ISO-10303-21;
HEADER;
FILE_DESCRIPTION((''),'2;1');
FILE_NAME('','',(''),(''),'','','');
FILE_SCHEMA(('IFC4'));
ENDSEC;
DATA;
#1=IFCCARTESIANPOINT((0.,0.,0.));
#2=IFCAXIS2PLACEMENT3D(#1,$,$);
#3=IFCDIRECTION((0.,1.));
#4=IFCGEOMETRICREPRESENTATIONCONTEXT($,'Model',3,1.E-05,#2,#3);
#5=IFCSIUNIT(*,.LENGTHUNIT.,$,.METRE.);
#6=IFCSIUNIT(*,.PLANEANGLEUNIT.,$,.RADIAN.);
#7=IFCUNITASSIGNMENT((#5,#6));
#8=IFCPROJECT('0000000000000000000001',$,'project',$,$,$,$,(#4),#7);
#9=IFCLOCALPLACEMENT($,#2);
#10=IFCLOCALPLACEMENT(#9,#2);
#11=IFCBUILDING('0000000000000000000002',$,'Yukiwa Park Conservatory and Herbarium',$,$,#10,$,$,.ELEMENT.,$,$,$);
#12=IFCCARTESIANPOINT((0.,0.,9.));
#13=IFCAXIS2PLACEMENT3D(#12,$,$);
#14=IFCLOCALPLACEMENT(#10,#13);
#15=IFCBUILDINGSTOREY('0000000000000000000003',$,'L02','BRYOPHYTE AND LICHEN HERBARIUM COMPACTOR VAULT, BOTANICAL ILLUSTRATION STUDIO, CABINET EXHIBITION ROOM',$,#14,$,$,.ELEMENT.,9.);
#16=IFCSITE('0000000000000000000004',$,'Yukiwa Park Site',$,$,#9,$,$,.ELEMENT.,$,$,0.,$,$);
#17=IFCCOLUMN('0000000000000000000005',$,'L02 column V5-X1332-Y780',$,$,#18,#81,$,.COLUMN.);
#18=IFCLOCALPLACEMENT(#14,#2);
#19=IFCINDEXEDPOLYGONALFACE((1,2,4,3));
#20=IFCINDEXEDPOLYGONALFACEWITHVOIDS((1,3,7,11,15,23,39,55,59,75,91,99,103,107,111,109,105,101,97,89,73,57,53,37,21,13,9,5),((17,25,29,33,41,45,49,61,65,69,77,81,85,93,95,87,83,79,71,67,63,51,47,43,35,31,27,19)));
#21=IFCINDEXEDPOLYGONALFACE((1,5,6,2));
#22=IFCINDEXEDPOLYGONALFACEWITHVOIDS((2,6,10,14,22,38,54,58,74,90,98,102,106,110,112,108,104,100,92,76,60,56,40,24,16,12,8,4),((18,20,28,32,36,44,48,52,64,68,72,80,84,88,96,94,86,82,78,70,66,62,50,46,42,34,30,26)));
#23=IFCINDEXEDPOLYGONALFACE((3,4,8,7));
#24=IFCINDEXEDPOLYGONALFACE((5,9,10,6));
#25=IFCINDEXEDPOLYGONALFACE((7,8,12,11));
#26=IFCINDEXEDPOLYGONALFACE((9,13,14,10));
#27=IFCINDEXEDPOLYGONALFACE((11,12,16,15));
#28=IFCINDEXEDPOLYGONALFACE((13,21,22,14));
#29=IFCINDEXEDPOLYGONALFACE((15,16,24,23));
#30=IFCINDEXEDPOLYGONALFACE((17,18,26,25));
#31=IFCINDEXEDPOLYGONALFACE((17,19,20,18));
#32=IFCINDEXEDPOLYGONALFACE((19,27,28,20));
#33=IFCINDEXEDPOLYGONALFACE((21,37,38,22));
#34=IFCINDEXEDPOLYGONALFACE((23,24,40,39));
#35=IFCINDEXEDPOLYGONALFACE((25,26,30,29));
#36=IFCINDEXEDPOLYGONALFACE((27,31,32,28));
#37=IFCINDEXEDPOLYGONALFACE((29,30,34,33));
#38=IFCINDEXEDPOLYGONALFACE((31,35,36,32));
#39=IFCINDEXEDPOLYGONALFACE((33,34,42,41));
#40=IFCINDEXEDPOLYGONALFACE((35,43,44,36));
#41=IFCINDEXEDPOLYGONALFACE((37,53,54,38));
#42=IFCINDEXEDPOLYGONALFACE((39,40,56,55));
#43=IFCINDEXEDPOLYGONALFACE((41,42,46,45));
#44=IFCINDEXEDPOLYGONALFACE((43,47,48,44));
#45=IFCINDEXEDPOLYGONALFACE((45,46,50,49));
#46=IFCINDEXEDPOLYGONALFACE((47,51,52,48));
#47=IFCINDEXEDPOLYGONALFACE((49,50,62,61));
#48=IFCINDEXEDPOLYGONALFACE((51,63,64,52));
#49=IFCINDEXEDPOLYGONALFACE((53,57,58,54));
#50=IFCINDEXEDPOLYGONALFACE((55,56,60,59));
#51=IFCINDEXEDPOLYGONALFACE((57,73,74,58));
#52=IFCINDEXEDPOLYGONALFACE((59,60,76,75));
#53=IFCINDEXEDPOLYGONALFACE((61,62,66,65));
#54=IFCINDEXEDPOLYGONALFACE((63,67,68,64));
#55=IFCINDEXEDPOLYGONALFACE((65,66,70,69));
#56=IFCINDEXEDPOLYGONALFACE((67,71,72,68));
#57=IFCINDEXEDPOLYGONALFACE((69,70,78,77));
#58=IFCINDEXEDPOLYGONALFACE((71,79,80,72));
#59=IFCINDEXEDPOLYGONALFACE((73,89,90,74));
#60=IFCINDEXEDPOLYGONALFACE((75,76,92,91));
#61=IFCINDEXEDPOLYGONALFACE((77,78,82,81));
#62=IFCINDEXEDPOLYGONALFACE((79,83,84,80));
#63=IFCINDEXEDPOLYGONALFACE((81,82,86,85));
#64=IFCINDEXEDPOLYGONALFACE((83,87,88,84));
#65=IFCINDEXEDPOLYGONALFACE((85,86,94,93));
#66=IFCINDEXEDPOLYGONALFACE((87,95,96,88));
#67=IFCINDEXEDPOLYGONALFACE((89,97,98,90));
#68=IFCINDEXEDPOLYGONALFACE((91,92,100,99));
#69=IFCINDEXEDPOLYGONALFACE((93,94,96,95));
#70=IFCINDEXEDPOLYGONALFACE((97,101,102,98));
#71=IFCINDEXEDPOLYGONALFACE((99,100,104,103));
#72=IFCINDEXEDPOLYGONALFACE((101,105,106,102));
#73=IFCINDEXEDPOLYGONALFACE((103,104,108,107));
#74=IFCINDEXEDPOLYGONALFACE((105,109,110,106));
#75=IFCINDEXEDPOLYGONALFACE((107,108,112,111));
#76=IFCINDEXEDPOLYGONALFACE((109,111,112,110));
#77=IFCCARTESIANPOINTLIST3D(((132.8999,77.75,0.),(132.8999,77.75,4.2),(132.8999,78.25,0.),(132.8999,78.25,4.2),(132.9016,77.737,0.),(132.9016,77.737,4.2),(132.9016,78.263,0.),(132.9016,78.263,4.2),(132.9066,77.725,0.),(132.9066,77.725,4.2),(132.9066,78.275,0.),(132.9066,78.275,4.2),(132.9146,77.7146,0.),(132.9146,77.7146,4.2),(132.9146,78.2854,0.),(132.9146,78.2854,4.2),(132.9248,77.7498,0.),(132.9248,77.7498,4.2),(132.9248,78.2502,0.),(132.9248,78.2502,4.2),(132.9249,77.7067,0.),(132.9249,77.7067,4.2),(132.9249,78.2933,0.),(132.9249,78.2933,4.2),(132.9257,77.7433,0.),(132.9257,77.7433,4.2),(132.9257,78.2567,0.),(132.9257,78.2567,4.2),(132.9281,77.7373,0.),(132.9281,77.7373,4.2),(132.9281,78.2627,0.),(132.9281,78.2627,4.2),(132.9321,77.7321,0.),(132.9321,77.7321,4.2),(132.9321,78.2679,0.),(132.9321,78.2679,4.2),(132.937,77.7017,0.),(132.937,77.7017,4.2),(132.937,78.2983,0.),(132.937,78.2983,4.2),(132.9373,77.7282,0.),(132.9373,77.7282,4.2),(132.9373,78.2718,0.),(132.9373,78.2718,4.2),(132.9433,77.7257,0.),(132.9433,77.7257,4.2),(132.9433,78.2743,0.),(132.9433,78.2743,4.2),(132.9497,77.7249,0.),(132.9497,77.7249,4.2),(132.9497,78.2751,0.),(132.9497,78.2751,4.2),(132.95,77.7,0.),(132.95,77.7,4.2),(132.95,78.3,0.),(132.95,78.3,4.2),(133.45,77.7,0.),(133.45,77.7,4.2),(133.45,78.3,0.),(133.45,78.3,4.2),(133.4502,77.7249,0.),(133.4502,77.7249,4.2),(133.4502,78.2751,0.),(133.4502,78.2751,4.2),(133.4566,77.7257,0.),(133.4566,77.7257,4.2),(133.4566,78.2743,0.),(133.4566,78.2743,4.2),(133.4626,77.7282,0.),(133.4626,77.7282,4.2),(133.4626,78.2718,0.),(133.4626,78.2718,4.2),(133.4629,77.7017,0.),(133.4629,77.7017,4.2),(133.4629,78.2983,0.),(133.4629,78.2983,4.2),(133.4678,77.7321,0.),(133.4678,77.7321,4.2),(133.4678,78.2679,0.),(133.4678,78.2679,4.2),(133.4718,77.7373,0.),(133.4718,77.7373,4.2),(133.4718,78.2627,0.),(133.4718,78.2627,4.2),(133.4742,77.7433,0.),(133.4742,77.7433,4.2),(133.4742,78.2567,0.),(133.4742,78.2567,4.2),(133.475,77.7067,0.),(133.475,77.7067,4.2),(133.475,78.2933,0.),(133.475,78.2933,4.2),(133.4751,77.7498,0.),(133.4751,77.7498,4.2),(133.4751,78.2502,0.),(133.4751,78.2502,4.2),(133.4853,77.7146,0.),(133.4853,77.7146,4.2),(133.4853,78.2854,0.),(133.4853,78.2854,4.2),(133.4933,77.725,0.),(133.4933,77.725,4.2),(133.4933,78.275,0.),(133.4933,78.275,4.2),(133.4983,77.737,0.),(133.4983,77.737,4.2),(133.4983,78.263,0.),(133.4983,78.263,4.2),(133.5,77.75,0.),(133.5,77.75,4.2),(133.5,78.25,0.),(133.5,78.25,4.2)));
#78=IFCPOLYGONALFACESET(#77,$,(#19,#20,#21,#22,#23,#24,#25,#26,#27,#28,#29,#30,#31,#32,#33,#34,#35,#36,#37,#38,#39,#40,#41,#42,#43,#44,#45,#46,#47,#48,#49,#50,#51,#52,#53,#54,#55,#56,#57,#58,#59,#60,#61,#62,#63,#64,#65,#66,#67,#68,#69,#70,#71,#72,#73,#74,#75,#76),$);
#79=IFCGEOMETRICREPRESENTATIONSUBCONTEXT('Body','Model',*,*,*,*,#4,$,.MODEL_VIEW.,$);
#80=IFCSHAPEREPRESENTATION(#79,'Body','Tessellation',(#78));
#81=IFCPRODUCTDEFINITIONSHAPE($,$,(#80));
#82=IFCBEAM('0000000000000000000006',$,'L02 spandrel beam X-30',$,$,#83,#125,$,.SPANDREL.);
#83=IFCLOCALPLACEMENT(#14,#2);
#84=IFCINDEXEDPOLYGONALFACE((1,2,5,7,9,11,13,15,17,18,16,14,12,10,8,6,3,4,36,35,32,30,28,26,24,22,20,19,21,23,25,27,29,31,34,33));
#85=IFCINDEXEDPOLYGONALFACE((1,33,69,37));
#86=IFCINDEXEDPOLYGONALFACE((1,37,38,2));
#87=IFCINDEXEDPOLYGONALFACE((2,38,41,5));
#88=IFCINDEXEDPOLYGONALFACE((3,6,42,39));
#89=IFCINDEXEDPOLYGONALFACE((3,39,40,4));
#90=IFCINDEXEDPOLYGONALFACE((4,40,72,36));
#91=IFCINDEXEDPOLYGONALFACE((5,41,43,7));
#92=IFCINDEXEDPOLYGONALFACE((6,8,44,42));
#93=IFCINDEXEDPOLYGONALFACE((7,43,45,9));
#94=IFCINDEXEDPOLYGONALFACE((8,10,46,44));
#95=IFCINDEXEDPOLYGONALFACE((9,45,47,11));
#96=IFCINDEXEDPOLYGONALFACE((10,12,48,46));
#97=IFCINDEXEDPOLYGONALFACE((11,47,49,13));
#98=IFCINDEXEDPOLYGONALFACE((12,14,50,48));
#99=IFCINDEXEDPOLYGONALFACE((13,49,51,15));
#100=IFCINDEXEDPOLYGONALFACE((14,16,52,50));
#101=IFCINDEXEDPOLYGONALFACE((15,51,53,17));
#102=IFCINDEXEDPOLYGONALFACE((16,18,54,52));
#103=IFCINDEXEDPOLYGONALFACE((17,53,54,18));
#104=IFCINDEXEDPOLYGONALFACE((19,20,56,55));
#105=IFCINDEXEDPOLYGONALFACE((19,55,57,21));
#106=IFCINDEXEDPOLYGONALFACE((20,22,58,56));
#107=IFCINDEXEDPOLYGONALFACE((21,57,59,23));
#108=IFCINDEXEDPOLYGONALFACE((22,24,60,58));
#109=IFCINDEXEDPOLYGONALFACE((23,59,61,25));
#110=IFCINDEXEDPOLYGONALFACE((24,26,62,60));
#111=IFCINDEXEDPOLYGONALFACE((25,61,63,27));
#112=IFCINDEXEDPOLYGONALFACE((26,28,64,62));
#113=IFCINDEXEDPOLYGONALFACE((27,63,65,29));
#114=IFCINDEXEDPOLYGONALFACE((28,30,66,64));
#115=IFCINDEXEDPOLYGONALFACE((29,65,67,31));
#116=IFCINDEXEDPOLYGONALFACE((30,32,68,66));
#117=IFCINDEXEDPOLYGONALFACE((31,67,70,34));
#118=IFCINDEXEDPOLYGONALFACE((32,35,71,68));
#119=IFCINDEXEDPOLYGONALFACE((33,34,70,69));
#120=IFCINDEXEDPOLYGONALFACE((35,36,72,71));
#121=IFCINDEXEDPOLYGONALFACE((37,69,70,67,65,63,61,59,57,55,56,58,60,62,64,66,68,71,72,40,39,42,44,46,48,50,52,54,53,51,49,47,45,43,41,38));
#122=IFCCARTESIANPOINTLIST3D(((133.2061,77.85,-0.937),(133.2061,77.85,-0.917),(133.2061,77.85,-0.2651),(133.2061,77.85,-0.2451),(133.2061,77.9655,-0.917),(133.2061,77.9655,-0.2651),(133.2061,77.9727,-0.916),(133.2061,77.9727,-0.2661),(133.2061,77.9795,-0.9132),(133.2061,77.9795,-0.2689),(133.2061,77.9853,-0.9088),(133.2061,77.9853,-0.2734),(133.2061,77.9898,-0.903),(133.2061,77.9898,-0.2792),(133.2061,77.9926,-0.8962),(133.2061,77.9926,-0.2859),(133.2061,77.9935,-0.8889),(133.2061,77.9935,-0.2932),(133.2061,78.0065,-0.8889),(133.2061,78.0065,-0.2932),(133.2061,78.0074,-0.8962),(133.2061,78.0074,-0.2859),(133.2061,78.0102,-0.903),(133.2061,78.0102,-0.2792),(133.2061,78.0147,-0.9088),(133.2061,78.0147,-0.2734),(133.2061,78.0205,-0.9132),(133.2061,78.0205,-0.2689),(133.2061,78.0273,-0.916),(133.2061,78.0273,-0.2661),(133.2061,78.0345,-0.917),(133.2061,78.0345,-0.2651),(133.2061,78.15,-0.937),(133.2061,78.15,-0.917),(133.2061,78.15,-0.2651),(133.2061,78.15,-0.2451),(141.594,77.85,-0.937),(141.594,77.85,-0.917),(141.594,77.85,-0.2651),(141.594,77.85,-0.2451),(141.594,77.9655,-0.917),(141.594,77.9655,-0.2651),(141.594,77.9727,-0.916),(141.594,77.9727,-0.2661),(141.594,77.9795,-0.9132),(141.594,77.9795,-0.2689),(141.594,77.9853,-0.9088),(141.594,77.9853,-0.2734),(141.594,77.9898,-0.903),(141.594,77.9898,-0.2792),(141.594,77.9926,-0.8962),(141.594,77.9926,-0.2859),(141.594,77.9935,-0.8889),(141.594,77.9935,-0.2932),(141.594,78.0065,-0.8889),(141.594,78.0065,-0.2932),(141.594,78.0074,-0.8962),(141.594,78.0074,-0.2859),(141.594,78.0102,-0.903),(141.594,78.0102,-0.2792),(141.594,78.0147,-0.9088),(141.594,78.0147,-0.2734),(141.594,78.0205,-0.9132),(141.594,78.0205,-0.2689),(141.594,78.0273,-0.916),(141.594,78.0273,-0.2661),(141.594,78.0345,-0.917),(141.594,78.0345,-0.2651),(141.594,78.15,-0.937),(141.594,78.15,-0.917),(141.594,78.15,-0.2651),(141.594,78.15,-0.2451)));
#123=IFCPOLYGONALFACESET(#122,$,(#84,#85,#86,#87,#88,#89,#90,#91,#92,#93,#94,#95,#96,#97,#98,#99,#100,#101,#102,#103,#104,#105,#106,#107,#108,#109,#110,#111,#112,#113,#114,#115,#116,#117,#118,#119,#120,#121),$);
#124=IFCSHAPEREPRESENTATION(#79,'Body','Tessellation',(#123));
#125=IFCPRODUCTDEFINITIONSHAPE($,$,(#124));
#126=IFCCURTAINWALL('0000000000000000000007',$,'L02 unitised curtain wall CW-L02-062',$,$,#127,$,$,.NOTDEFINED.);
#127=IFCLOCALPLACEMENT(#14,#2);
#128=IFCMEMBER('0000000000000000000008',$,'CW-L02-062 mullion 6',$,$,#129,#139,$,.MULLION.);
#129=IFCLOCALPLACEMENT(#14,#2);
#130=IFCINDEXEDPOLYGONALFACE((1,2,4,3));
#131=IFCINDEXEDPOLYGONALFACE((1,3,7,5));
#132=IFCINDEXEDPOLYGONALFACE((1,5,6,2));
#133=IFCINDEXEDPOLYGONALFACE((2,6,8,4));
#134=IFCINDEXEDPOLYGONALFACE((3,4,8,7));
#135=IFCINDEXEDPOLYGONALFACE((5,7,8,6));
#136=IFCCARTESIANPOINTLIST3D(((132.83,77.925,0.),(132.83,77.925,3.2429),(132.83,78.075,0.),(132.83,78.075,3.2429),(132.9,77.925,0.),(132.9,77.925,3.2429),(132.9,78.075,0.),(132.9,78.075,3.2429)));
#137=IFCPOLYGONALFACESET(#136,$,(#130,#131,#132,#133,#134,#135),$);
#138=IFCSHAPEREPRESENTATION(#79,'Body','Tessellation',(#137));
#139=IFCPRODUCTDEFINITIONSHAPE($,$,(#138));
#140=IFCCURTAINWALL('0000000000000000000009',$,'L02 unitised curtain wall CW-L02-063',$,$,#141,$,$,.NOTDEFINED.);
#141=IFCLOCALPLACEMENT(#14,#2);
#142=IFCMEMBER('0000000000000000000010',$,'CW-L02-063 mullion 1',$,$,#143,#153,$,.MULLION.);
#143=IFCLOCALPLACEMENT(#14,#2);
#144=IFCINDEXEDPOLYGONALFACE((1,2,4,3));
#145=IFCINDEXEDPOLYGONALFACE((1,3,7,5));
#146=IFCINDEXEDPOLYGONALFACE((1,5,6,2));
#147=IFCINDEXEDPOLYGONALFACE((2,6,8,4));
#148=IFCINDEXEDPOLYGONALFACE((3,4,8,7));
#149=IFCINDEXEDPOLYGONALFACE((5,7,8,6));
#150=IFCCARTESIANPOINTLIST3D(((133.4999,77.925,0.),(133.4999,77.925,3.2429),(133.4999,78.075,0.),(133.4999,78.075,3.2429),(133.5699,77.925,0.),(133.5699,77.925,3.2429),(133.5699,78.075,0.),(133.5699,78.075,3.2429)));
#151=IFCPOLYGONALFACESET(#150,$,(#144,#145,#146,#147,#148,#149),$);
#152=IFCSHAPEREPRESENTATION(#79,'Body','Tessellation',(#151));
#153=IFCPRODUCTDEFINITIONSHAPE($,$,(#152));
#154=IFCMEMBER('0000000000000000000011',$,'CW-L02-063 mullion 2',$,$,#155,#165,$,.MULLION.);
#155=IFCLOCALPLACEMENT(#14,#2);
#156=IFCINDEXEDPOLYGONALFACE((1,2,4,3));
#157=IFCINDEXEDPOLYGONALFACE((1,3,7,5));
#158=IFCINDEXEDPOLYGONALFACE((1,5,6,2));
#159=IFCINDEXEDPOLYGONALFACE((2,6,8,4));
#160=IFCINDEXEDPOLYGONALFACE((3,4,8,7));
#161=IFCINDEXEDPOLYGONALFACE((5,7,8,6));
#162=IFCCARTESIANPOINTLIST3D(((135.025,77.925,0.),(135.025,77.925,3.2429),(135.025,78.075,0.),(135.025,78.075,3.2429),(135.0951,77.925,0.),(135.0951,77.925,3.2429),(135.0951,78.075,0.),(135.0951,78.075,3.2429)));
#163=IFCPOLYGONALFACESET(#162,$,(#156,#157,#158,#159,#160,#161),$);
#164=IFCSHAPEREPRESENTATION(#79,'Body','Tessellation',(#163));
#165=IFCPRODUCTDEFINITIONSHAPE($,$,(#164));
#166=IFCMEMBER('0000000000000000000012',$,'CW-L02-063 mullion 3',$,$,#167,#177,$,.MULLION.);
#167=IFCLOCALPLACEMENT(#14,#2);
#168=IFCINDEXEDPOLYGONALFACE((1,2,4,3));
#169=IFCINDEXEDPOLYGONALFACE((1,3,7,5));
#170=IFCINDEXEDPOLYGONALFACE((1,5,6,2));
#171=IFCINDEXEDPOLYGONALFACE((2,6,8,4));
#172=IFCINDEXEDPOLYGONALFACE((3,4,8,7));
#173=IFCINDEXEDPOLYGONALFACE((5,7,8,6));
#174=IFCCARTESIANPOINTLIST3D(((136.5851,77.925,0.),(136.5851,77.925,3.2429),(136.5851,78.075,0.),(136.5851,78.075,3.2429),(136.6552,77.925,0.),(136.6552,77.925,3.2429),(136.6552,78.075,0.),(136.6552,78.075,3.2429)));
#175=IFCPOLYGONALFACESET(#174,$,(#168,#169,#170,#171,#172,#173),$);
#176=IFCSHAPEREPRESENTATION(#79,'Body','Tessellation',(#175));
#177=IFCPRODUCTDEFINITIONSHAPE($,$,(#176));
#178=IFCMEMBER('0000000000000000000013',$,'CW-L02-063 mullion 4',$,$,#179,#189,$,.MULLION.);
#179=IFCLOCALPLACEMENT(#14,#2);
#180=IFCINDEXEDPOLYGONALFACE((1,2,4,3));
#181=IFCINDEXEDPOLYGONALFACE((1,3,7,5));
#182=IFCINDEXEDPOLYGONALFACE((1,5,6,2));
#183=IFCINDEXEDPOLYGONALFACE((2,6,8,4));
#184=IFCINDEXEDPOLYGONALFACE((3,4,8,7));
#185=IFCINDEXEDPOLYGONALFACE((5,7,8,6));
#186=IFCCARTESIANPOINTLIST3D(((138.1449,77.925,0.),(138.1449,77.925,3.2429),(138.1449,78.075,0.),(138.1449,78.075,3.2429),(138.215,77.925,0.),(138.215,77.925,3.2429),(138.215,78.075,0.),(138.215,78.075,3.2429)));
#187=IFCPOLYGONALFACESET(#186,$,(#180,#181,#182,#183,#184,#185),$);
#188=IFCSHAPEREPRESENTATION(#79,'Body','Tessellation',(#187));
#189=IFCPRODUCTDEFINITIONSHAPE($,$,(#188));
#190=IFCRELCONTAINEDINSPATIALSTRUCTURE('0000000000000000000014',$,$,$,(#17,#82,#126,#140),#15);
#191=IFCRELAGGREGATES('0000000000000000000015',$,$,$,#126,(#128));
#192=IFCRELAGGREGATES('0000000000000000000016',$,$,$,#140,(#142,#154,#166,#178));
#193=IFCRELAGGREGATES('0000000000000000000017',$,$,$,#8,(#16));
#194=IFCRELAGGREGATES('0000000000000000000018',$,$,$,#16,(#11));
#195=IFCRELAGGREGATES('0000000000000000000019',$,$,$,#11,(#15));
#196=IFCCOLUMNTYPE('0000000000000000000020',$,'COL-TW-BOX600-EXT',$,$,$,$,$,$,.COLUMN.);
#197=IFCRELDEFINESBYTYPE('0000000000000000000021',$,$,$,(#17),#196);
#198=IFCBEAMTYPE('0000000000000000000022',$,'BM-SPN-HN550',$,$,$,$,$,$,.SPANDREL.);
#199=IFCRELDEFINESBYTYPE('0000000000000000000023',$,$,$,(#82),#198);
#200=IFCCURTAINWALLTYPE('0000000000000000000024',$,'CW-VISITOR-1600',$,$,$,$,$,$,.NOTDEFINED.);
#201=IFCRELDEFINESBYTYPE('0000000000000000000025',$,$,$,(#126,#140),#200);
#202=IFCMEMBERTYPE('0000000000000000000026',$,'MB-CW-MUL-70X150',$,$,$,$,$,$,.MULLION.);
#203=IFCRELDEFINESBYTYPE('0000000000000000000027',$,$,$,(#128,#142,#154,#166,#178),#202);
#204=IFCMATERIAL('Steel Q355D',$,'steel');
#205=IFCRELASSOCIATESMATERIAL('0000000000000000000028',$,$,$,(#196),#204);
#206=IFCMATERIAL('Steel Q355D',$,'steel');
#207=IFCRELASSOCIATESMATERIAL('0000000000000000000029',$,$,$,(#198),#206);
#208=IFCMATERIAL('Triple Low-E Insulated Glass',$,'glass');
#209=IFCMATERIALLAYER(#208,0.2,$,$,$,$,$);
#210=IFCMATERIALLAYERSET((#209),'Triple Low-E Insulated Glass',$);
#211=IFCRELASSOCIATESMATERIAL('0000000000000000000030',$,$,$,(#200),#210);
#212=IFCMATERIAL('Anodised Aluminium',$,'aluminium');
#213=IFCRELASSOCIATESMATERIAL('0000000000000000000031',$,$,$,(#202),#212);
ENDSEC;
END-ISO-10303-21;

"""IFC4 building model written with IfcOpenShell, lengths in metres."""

from ifc_helpers import new_model, si_unit, direction, frame, origin, origin_2d, place, context, subcontext, project, spatial, rectangle, hollow_rectangle, i_section, extrude, material, layer, layer_set, material_profile, profile_set, type_object, element, aggregate, save


model = new_model("IFC4")

# Units and contexts
model_context = context("Model", 3, precision=1e-05, world=origin(), true_north=direction((0.0, 1.0)))
body_context = subcontext(model_context, "Body", "Model", "MODEL_VIEW")
ifc_project = project(units=[si_unit("LENGTHUNIT", "METRE"), si_unit("PLANEANGLEUNIT", "RADIAN")], contexts=[model_context])

# Site, building, storey
site_placement = place(None, origin())
site = spatial("IfcSite", under=ifc_project, at=site_placement, Name="Yukiwa Park Site", CompositionType="ELEMENT", RefElevation=0.0)
building_placement = place(site_placement, origin())
building = spatial("IfcBuilding", under=site, at=building_placement, Name="Yukiwa Park Conservatory and Herbarium", CompositionType="ELEMENT")
storey_placement = place(building_placement, frame((0.0, 0.0, 9.0)))
storey = spatial("IfcBuildingStorey", under=building, at=storey_placement, Name="L02", Description="BRYOPHYTE AND LICHEN HERBARIUM COMPACTOR VAULT, BOTANICAL ILLUSTRATION STUDIO, CABINET EXHIBITION ROOM", CompositionType="ELEMENT", Elevation=9.0)

# Column
ifc_material_1 = material(Name="Steel Q355D", Category="steel")
ifc_material_profile_1 = material_profile(ifc_material_1, hollow_rectangle(XDim=0.6001, YDim=0.6001, WallThickness=0.0249, InnerFilletRadius=0.0249, OuterFilletRadius=0.05, at=origin_2d()), Name="BOX 600x600x25")
ifc_profile_set_1 = profile_set([ifc_material_profile_1], Name="Steel Q355D")
column_type = type_object("IfcColumnType", Name="COL-TW-BOX600-EXT", PredefinedType="COLUMN", material=ifc_profile_set_1)
column_placement = place(storey_placement, frame((133.2, 78.0, 0.0), z_axis=(0.0, 0.0, 1.0), x_axis=(1.0, 0.0, 0.0)))
element("IfcColumn", 1, at=column_placement, inside=storey, type_object=column_type, Name="L02 column V5-X1332-Y780", PredefinedType="COLUMN", context=body_context, shape_type="SweptSolid", body=[
    extrude(hollow_rectangle(XDim=0.6001, YDim=0.6001, WallThickness=0.0249, InnerFilletRadius=0.0249, OuterFilletRadius=0.05, at=origin_2d()), origin(), (0.0, 0.0, 1.0), 4.2),
])

# Beam
ifc_material_2 = material(Name="Steel Q355D", Category="steel")
ifc_material_profile_2 = material_profile(ifc_material_2, i_section(OverallWidth=0.3, OverallDepth=0.6919, WebThickness=0.0129, FlangeThickness=0.02, FilletRadius=0.0281, at=origin_2d()), Name="HN 692x300x13x20")
ifc_profile_set_2 = profile_set([ifc_material_profile_2], Name="Steel Q355D")
beam_type = type_object("IfcBeamType", Name="BM-SPN-HN550", PredefinedType="SPANDREL", material=ifc_profile_set_2)
beam_placement = place(storey_placement, frame((133.2061, 78.0, -0.5911), z_axis=(1.0, 0.0, 0.0), x_axis=(0.0, 1.0, 0.0)))
element("IfcBeam", 2, at=beam_placement, inside=storey, type_object=beam_type, Name="L02 spandrel beam X-30", PredefinedType="SPANDREL", context=body_context, shape_type="SweptSolid", body=[
    extrude(i_section(OverallWidth=0.3, OverallDepth=0.6919, WebThickness=0.0129, FlangeThickness=0.02, FilletRadius=0.0281, at=origin_2d()), origin(), (0.0, 0.0, 1.0), 8.3879),
])

# Curtain wall, member
ifc_material_3 = material(Name="Triple Low-E Insulated Glass", Category="glass")
ifc_layer_1 = layer(ifc_material_3, 0.2)
ifc_layer_set_1 = layer_set([ifc_layer_1], Name="Triple Low-E Insulated Glass")
curtain_wall_type = type_object("IfcCurtainWallType", Name="CW-VISITOR-1600", PredefinedType="NOTDEFINED", material=ifc_layer_set_1)
curtain_wall_1_placement = place(storey_placement, origin())
curtain_wall_1 = element("IfcCurtainWall", 3, at=curtain_wall_1_placement, inside=storey, type_object=curtain_wall_type, Name="L02 unitised curtain wall CW-L02-062", PredefinedType="NOTDEFINED")
ifc_material_4 = material(Name="Anodised Aluminium", Category="aluminium")
member_type_1 = type_object("IfcMemberType", Name="MB-CW-MUL-70X150", PredefinedType="MULLION", material=ifc_material_4)
member_1_placement = place(storey_placement, frame((132.865, 78.0, 0.0), z_axis=(0.0, 0.0, 1.0), x_axis=(1.0, 0.0, 0.0)))
member_1 = element("IfcMember", 4, at=member_1_placement, type_object=member_type_1, Name="CW-L02-062 mullion 6", PredefinedType="MULLION", context=body_context, shape_type="SweptSolid", body=[
    extrude(rectangle(XDim=0.0701, YDim=0.1499, at=origin_2d()), origin(), (0.0, 0.0, 1.0), 3.2429),
])
aggregate(curtain_wall_1, [member_1])

# Curtain wall, members
curtain_wall_2_placement = place(storey_placement, origin())
curtain_wall_2 = element("IfcCurtainWall", 5, at=curtain_wall_2_placement, inside=storey, type_object=curtain_wall_type, Name="L02 unitised curtain wall CW-L02-063", PredefinedType="NOTDEFINED")
member_2_placement = place(storey_placement, frame((133.5349, 78.0, 0.0), z_axis=(0.0, 0.0, 1.0), x_axis=(1.0, 0.0, 0.0)))
member_2 = element("IfcMember", 6, at=member_2_placement, type_object=member_type_1, Name="CW-L02-063 mullion 1", PredefinedType="MULLION", context=body_context, shape_type="SweptSolid", body=[
    extrude(rectangle(XDim=0.0701, YDim=0.1499, at=origin_2d()), origin(), (0.0, 0.0, 1.0), 3.2429),
])
member_3_placement = place(storey_placement, frame((135.0601, 78.0, 0.0), z_axis=(0.0, 0.0, 1.0), x_axis=(1.0, 0.0, 0.0)))
member_3 = element("IfcMember", 7, at=member_3_placement, type_object=member_type_1, Name="CW-L02-063 mullion 2", PredefinedType="MULLION", context=body_context, shape_type="SweptSolid", body=[
    extrude(rectangle(XDim=0.0701, YDim=0.1499, at=origin_2d()), origin(), (0.0, 0.0, 1.0), 3.2429),
])
member_4_placement = place(storey_placement, frame((136.6201, 78.0, 0.0), z_axis=(0.0, 0.0, 1.0), x_axis=(1.0, 0.0, 0.0)))
member_4 = element("IfcMember", 8, at=member_4_placement, type_object=member_type_1, Name="CW-L02-063 mullion 3", PredefinedType="MULLION", context=body_context, shape_type="SweptSolid", body=[
    extrude(rectangle(XDim=0.0701, YDim=0.1499, at=origin_2d()), origin(), (0.0, 0.0, 1.0), 3.2429),
])
member_5_placement = place(storey_placement, frame((138.1799, 78.0, 0.0), z_axis=(0.0, 0.0, 1.0), x_axis=(1.0, 0.0, 0.0)))
member_5 = element("IfcMember", 9, at=member_5_placement, type_object=member_type_1, Name="CW-L02-063 mullion 4", PredefinedType="MULLION", context=body_context, shape_type="SweptSolid", body=[
    extrude(rectangle(XDim=0.0701, YDim=0.1499, at=origin_2d()), origin(), (0.0, 0.0, 1.0), 3.2429),
])
aggregate(curtain_wall_2, [member_2, member_3, member_4, member_5])

save(model, "model.ifc")
